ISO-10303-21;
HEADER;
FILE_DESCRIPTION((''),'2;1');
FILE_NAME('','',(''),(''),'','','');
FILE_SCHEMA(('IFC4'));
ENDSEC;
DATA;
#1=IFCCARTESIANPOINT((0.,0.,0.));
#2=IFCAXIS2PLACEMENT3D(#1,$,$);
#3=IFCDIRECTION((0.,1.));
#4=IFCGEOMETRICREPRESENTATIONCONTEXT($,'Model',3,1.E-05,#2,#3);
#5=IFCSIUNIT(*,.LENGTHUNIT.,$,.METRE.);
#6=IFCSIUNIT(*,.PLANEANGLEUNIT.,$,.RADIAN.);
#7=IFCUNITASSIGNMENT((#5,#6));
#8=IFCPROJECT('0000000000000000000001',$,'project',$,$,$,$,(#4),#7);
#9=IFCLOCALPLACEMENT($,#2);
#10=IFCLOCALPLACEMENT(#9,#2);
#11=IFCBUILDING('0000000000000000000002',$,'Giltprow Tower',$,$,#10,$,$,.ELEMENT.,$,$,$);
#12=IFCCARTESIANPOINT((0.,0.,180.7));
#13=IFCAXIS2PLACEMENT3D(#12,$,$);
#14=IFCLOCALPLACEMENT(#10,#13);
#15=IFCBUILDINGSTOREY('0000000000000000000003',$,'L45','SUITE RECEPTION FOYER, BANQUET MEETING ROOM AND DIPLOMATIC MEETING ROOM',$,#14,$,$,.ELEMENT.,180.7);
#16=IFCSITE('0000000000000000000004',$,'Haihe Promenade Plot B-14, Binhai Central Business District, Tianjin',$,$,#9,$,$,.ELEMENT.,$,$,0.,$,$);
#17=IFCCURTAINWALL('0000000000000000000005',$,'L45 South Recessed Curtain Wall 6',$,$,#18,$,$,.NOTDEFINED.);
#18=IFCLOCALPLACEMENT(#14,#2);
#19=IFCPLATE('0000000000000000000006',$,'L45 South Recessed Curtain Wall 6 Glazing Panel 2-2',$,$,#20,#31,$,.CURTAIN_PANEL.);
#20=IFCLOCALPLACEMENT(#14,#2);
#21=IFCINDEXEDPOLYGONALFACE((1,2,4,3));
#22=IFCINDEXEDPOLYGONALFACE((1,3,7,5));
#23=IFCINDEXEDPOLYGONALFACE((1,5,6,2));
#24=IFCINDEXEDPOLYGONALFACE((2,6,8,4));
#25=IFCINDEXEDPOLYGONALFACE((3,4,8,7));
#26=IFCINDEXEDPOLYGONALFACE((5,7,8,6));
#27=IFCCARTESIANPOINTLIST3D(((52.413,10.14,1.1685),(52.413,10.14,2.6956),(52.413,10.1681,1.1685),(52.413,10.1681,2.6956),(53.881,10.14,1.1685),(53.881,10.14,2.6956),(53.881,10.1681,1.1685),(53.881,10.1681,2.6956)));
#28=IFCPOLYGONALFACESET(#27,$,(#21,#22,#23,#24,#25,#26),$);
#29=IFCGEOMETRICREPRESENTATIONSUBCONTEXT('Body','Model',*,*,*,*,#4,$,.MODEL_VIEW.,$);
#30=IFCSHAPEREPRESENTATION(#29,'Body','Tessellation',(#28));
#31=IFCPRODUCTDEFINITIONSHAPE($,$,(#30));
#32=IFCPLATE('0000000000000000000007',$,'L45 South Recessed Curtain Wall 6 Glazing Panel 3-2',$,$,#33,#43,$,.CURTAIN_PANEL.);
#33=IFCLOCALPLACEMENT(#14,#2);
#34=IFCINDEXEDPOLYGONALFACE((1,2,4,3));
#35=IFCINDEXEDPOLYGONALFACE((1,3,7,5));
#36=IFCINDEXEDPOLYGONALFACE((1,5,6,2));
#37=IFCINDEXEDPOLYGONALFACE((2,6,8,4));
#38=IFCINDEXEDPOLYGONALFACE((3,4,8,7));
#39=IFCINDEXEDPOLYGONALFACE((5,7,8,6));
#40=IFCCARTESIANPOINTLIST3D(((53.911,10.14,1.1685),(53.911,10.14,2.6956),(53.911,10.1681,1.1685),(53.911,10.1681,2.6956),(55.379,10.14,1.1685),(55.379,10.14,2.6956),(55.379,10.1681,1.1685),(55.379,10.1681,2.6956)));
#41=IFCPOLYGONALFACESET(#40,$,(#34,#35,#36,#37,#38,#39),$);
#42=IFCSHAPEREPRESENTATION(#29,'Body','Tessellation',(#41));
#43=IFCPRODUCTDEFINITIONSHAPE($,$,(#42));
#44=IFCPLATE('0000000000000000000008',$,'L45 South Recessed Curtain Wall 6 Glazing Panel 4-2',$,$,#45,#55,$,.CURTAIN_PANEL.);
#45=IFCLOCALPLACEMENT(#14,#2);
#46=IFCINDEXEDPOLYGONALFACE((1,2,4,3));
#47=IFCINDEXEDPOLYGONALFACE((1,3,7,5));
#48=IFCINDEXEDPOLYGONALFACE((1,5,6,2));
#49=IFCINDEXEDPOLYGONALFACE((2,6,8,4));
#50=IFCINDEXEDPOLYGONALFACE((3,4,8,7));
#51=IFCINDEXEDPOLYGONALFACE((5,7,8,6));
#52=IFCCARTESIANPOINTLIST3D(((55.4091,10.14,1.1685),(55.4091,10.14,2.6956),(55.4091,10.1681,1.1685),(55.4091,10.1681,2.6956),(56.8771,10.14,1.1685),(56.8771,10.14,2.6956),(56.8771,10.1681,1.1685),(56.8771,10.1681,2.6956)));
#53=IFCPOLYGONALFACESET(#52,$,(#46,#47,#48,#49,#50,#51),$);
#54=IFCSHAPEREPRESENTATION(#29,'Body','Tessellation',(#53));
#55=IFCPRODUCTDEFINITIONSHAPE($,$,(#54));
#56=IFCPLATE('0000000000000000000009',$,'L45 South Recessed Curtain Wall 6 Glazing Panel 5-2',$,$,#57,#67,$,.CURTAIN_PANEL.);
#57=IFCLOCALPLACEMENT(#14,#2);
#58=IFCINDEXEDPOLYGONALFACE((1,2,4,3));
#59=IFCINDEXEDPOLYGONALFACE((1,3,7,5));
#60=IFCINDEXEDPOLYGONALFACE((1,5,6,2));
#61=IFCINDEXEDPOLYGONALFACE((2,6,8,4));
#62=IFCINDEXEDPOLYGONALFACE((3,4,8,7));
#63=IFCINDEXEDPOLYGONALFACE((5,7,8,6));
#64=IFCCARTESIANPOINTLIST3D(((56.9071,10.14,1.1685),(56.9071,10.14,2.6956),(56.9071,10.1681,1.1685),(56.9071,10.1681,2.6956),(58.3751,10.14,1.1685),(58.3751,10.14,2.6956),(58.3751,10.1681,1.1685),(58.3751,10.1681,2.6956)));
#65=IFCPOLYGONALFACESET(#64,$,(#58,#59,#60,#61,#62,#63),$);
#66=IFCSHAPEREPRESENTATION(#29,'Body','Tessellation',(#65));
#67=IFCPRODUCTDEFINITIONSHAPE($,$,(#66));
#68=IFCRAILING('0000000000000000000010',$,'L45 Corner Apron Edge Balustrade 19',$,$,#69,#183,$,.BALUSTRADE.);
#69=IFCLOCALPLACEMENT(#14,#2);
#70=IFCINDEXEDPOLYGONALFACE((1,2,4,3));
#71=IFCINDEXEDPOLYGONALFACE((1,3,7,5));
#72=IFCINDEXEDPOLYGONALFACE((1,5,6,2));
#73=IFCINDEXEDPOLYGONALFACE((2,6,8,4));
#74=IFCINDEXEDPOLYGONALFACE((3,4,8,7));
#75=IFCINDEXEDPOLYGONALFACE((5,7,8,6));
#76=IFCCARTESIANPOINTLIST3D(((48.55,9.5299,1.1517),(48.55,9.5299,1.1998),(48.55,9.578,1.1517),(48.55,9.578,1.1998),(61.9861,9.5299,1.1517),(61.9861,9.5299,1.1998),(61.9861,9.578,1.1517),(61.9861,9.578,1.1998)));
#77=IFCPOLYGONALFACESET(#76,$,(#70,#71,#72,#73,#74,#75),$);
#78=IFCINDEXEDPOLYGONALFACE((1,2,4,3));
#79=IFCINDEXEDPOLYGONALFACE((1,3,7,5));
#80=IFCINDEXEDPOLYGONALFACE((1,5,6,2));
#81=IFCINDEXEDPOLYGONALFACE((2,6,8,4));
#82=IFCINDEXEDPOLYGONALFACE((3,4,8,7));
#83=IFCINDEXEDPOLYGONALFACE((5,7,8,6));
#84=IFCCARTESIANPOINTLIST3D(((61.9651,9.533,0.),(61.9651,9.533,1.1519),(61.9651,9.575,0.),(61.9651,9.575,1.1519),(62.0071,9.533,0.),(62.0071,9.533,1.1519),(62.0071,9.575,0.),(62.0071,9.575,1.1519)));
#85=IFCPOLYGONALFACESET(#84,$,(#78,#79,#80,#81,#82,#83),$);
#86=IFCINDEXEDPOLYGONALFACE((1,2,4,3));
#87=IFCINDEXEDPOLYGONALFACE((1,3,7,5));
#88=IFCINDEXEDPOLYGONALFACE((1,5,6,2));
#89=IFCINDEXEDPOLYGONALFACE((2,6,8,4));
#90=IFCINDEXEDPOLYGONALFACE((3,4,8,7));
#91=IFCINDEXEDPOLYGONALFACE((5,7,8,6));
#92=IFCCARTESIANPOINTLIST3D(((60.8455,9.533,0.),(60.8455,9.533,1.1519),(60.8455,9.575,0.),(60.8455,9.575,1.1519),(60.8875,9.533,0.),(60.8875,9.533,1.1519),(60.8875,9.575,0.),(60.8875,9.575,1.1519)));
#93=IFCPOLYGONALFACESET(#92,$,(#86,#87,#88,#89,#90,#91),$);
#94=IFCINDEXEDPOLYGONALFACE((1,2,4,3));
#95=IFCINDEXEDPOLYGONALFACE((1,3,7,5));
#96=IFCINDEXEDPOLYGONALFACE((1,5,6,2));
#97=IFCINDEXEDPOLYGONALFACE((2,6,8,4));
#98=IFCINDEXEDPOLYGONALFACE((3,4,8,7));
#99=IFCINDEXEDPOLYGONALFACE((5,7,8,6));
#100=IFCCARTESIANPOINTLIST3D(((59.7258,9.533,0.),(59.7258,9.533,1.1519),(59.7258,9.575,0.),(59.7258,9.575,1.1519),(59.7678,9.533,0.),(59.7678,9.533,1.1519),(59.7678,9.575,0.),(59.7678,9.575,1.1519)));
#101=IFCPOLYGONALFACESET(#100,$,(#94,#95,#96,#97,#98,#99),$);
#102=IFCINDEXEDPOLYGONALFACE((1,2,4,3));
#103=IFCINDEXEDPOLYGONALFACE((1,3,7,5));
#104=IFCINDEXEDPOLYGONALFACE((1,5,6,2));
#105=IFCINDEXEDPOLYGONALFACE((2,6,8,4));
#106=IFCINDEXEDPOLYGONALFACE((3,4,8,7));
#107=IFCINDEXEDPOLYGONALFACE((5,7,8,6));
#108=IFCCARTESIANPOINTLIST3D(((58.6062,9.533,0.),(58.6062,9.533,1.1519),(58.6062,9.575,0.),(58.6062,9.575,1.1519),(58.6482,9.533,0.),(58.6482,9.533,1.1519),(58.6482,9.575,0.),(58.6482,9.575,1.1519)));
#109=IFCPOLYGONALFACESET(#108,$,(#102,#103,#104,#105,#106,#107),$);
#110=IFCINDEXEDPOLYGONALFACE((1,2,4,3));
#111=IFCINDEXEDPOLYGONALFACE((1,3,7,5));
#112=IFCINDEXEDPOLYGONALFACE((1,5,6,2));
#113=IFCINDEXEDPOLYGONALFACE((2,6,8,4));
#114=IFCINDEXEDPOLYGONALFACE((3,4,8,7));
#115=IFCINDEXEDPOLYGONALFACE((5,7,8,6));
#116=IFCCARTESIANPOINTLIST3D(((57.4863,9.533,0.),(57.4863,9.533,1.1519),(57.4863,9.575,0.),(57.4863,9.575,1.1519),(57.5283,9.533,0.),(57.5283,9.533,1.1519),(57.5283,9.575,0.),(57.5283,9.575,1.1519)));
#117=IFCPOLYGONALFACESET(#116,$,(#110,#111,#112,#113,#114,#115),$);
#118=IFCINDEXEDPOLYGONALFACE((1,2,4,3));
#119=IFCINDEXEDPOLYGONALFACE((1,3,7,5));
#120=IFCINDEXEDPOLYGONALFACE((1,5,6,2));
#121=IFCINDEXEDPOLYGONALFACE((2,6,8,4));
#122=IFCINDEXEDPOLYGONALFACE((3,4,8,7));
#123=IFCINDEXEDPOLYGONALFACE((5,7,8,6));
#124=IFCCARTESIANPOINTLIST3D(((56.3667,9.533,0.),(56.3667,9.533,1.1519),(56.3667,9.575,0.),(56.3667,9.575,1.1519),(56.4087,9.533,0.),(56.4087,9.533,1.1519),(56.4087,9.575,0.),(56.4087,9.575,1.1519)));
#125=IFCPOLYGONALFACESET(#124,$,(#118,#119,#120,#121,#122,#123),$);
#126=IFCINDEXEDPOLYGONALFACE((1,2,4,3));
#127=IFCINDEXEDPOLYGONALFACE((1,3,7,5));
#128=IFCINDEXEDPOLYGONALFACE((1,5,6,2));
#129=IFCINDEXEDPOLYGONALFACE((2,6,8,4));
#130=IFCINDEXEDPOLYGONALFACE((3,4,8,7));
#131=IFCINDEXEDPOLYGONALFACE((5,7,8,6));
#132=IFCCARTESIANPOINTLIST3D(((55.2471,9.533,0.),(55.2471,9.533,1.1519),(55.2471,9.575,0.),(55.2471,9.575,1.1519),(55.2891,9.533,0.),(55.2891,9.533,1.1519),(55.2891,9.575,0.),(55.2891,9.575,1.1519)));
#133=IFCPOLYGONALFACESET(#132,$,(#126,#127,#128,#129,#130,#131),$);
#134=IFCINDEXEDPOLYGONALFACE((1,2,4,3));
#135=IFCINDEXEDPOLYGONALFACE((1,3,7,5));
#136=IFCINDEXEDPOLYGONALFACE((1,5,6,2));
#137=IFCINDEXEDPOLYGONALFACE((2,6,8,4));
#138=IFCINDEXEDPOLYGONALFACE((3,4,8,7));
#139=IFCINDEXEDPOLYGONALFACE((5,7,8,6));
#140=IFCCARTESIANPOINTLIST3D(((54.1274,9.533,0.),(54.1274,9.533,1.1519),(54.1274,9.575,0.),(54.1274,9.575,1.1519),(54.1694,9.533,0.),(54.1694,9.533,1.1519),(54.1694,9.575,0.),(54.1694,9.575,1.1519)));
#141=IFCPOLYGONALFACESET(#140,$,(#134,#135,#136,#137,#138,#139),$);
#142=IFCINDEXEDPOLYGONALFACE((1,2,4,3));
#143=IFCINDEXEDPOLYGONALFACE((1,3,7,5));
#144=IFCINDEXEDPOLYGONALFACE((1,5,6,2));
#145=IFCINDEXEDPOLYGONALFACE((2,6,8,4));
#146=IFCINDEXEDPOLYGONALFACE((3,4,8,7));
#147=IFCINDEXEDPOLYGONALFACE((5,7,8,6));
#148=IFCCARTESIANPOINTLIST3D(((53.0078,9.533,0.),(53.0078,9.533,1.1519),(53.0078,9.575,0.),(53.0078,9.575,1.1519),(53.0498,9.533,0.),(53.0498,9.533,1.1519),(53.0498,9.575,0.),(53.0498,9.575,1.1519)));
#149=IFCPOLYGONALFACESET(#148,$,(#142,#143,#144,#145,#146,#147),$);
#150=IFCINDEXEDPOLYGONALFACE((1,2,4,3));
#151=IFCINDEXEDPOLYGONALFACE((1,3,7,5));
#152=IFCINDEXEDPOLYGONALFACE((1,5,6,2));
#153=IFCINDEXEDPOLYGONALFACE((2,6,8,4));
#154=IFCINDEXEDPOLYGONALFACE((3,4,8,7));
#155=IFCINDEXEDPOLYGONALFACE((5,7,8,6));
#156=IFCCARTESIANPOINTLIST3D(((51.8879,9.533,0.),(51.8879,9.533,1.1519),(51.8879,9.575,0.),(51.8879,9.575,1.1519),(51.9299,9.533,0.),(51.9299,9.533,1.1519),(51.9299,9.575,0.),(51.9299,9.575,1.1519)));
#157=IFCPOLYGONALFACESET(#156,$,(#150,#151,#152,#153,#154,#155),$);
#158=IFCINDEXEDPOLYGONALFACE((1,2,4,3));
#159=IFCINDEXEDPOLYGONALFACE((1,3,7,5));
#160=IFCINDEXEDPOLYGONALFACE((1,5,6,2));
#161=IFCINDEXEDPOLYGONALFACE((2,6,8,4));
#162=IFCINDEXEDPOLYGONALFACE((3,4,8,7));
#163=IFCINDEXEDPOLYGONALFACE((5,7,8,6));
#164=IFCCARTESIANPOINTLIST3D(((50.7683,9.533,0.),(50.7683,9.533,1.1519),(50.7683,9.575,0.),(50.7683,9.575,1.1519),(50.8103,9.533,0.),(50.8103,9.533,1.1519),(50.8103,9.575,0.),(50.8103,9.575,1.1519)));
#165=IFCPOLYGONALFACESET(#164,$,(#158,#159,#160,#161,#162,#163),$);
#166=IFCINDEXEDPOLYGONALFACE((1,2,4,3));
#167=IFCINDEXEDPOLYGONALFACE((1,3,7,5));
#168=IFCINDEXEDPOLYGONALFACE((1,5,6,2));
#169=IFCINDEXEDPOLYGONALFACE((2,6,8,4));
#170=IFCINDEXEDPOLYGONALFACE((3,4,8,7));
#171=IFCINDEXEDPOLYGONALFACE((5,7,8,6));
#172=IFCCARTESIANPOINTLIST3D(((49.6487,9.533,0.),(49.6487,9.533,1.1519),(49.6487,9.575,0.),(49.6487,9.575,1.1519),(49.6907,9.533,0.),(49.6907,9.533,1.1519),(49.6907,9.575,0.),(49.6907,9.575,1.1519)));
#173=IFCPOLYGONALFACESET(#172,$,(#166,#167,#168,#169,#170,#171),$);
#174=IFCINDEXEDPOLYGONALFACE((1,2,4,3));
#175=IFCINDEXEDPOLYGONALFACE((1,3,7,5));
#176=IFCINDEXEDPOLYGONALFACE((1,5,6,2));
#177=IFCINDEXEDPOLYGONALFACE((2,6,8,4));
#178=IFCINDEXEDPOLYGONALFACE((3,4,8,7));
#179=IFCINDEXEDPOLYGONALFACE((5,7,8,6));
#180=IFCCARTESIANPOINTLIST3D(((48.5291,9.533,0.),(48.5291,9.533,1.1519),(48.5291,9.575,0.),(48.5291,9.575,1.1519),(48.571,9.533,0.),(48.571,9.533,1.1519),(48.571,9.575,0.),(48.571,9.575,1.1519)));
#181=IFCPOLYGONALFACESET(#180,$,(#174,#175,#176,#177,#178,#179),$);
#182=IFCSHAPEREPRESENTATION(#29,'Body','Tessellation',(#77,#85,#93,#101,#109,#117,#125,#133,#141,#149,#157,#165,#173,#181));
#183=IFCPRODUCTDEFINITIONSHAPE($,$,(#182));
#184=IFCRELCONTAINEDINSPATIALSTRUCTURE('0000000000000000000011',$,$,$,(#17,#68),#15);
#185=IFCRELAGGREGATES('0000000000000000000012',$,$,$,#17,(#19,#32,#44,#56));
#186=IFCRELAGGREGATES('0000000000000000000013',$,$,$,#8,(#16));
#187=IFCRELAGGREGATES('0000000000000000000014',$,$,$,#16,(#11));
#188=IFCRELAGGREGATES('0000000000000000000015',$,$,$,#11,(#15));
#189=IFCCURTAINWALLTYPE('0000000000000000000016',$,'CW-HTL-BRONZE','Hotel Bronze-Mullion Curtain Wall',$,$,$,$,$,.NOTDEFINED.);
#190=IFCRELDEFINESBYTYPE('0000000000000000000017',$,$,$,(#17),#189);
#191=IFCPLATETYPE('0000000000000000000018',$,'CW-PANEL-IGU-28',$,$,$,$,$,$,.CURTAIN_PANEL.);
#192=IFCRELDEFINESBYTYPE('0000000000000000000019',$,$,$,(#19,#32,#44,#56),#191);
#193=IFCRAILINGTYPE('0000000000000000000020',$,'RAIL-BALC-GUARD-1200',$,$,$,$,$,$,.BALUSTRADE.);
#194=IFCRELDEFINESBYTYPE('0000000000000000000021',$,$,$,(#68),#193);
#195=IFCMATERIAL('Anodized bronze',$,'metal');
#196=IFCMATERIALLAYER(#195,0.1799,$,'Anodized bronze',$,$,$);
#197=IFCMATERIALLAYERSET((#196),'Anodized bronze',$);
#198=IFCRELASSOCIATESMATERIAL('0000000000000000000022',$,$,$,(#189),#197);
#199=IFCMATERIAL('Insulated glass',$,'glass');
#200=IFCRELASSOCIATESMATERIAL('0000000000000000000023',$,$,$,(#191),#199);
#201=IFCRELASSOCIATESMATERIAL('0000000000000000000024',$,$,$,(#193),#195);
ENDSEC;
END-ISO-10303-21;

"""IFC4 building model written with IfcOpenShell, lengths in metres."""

from ifc_helpers import new_model, si_unit, direction, frame, origin, origin_2d, place, context, subcontext, project, spatial, rectangle, extrude, source, transform, mapped, material, layer, layer_set, type_object, element, aggregate, save


model = new_model("IFC4")

# Units and contexts
model_context = context("Model", 3, precision=1e-05, world=origin(), true_north=direction((0.0, 1.0)))
body_context = subcontext(model_context, "Body", "Model", "MODEL_VIEW")
ifc_project = project(units=[si_unit("LENGTHUNIT", "METRE"), si_unit("PLANEANGLEUNIT", "RADIAN")], contexts=[model_context])

# Site, building, storey
site_placement = place(None, origin())
site = spatial("IfcSite", under=ifc_project, at=site_placement, Name="Haihe Promenade Plot B-14, Binhai Central Business District, Tianjin", CompositionType="ELEMENT", RefElevation=0.0)
building_placement = place(site_placement, origin())
building = spatial("IfcBuilding", under=site, at=building_placement, Name="Giltprow Tower", CompositionType="ELEMENT")
storey_placement = place(building_placement, frame((0.0, 0.0, 180.7)))
storey = spatial("IfcBuildingStorey", under=building, at=storey_placement, Name="L45", Description="SUITE RECEPTION FOYER, BANQUET MEETING ROOM AND DIPLOMATIC MEETING ROOM", CompositionType="ELEMENT", Elevation=180.7)

# Curtain wall, plates
ifc_material_1 = material(Name="Anodized bronze", Category="metal")
ifc_layer = layer(ifc_material_1, 0.1799, Name="Anodized bronze")
ifc_layer_set = layer_set([ifc_layer], Name="Anodized bronze")
curtain_wall_type = type_object("IfcCurtainWallType", Name="CW-HTL-BRONZE", Description="Hotel Bronze-Mullion Curtain Wall", PredefinedType="NOTDEFINED", material=ifc_layer_set)
curtain_wall_placement = place(storey_placement, origin())
curtain_wall = element("IfcCurtainWall", 1, at=curtain_wall_placement, inside=storey, type_object=curtain_wall_type, Name="L45 South Recessed Curtain Wall 6", PredefinedType="NOTDEFINED")
ifc_material_2 = material(Name="Insulated glass", Category="glass")
plate_type = type_object("IfcPlateType", Name="CW-PANEL-IGU-28", PredefinedType="CURTAIN_PANEL", material=ifc_material_2)
shared_shape_1 = source(origin(), body_context, "Body", "SweptSolid", [
    extrude(rectangle(XDim=1.468, YDim=0.0281, at=origin_2d()), origin(), (0.0, 0.0, 1.0), 1.5271),
])
plate_1_placement = place(storey_placement, frame((53.147, 10.1541, 1.1685), z_axis=(0.0, 0.0, 1.0), x_axis=(1.0, 0.0, 0.0)))
plate_1 = element("IfcPlate", 2, at=plate_1_placement, type_object=plate_type, Name="L45 South Recessed Curtain Wall 6 Glazing Panel 2-2", PredefinedType="CURTAIN_PANEL", context=body_context, shape_type="MappedRepresentation", body=[
    mapped(shared_shape_1, transform((0.0, 0.0, 0.0), x_axis=(1.0, 0.0, 0.0), y_axis=(0.0, 1.0, 0.0), z_axis=(0.0, 0.0, 1.0), scale=1.0)),
])
plate_2_placement = place(storey_placement, frame((54.645, 10.1541, 1.1685), z_axis=(0.0, 0.0, 1.0), x_axis=(1.0, 0.0, 0.0)))
plate_2 = element("IfcPlate", 3, at=plate_2_placement, type_object=plate_type, Name="L45 South Recessed Curtain Wall 6 Glazing Panel 3-2", PredefinedType="CURTAIN_PANEL", context=body_context, shape_type="MappedRepresentation", body=[
    mapped(shared_shape_1, transform((0.0, 0.0, 0.0), x_axis=(1.0, 0.0, 0.0), y_axis=(0.0, 1.0, 0.0), z_axis=(0.0, 0.0, 1.0), scale=1.0)),
])
plate_3_placement = place(storey_placement, frame((56.1431, 10.1541, 1.1685), z_axis=(0.0, 0.0, 1.0), x_axis=(1.0, 0.0, 0.0)))
plate_3 = element("IfcPlate", 4, at=plate_3_placement, type_object=plate_type, Name="L45 South Recessed Curtain Wall 6 Glazing Panel 4-2", PredefinedType="CURTAIN_PANEL", context=body_context, shape_type="MappedRepresentation", body=[
    mapped(shared_shape_1, transform((0.0, 0.0, 0.0), x_axis=(1.0, 0.0, 0.0), y_axis=(0.0, 1.0, 0.0), z_axis=(0.0, 0.0, 1.0), scale=1.0)),
])
plate_4_placement = place(storey_placement, frame((57.6411, 10.1541, 1.1685), z_axis=(0.0, 0.0, 1.0), x_axis=(1.0, 0.0, 0.0)))
plate_4 = element("IfcPlate", 5, at=plate_4_placement, type_object=plate_type, Name="L45 South Recessed Curtain Wall 6 Glazing Panel 5-2", PredefinedType="CURTAIN_PANEL", context=body_context, shape_type="MappedRepresentation", body=[
    mapped(shared_shape_1, transform((0.0, 0.0, 0.0), x_axis=(1.0, 0.0, 0.0), y_axis=(0.0, 1.0, 0.0), z_axis=(0.0, 0.0, 1.0), scale=1.0)),
])
aggregate(curtain_wall, [plate_1, plate_2, plate_3, plate_4])

# Railing
railing_type = type_object("IfcRailingType", Name="RAIL-BALC-GUARD-1200", PredefinedType="BALUSTRADE", material=ifc_material_1)
railing_placement = place(storey_placement, frame((61.9861, 9.554, 0.0)))
element("IfcRailing", 6, at=railing_placement, inside=storey, type_object=railing_type, Name="L45 Corner Apron Edge Balustrade 19", PredefinedType="BALUSTRADE", context=body_context, shape_type="SweptSolid", body=[
    extrude(rectangle(XDim=0.0481, YDim=0.0481, at=origin_2d()), frame((0.0, 0.0, 1.1758), z_axis=(-1.0, 0.0, 0.0), x_axis=(0.0, -1.0, 0.0)), (0.0, 0.0, 1.0), 13.436),
    extrude(rectangle(XDim=0.042, YDim=0.042, at=origin_2d()), origin(), (0.0, 0.0, 1.0), 1.1519),
    extrude(rectangle(XDim=0.042, YDim=0.042, at=origin_2d()), frame((-1.1196, 0.0, 0.0)), (0.0, 0.0, 1.0), 1.1519),
    extrude(rectangle(XDim=0.042, YDim=0.042, at=origin_2d()), frame((-2.2393, 0.0, 0.0)), (0.0, 0.0, 1.0), 1.1519),
    extrude(rectangle(XDim=0.042, YDim=0.042, at=origin_2d()), frame((-3.3589, 0.0, 0.0)), (0.0, 0.0, 1.0), 1.1519),
    extrude(rectangle(XDim=0.042, YDim=0.042, at=origin_2d()), frame((-4.4788, 0.0, 0.0)), (0.0, 0.0, 1.0), 1.1519),
    extrude(rectangle(XDim=0.042, YDim=0.042, at=origin_2d()), frame((-5.5984, 0.0, 0.0)), (0.0, 0.0, 1.0), 1.1519),
    extrude(rectangle(XDim=0.042, YDim=0.042, at=origin_2d()), frame((-6.718, 0.0, 0.0)), (0.0, 0.0, 1.0), 1.1519),
    extrude(rectangle(XDim=0.042, YDim=0.042, at=origin_2d()), frame((-7.8376, 0.0, 0.0)), (0.0, 0.0, 1.0), 1.1519),
    extrude(rectangle(XDim=0.042, YDim=0.042, at=origin_2d()), frame((-8.9573, 0.0, 0.0)), (0.0, 0.0, 1.0), 1.1519),
    extrude(rectangle(XDim=0.042, YDim=0.042, at=origin_2d()), frame((-10.0771, 0.0, 0.0)), (0.0, 0.0, 1.0), 1.1519),
    extrude(rectangle(XDim=0.042, YDim=0.042, at=origin_2d()), frame((-11.1968, 0.0, 0.0)), (0.0, 0.0, 1.0), 1.1519),
    extrude(rectangle(XDim=0.042, YDim=0.042, at=origin_2d()), frame((-12.3164, 0.0, 0.0)), (0.0, 0.0, 1.0), 1.1519),
    extrude(rectangle(XDim=0.042, YDim=0.042, at=origin_2d()), frame((-13.436, 0.0, 0.0)), (0.0, 0.0, 1.0), 1.1519),
])

save(model, "model.ifc")
